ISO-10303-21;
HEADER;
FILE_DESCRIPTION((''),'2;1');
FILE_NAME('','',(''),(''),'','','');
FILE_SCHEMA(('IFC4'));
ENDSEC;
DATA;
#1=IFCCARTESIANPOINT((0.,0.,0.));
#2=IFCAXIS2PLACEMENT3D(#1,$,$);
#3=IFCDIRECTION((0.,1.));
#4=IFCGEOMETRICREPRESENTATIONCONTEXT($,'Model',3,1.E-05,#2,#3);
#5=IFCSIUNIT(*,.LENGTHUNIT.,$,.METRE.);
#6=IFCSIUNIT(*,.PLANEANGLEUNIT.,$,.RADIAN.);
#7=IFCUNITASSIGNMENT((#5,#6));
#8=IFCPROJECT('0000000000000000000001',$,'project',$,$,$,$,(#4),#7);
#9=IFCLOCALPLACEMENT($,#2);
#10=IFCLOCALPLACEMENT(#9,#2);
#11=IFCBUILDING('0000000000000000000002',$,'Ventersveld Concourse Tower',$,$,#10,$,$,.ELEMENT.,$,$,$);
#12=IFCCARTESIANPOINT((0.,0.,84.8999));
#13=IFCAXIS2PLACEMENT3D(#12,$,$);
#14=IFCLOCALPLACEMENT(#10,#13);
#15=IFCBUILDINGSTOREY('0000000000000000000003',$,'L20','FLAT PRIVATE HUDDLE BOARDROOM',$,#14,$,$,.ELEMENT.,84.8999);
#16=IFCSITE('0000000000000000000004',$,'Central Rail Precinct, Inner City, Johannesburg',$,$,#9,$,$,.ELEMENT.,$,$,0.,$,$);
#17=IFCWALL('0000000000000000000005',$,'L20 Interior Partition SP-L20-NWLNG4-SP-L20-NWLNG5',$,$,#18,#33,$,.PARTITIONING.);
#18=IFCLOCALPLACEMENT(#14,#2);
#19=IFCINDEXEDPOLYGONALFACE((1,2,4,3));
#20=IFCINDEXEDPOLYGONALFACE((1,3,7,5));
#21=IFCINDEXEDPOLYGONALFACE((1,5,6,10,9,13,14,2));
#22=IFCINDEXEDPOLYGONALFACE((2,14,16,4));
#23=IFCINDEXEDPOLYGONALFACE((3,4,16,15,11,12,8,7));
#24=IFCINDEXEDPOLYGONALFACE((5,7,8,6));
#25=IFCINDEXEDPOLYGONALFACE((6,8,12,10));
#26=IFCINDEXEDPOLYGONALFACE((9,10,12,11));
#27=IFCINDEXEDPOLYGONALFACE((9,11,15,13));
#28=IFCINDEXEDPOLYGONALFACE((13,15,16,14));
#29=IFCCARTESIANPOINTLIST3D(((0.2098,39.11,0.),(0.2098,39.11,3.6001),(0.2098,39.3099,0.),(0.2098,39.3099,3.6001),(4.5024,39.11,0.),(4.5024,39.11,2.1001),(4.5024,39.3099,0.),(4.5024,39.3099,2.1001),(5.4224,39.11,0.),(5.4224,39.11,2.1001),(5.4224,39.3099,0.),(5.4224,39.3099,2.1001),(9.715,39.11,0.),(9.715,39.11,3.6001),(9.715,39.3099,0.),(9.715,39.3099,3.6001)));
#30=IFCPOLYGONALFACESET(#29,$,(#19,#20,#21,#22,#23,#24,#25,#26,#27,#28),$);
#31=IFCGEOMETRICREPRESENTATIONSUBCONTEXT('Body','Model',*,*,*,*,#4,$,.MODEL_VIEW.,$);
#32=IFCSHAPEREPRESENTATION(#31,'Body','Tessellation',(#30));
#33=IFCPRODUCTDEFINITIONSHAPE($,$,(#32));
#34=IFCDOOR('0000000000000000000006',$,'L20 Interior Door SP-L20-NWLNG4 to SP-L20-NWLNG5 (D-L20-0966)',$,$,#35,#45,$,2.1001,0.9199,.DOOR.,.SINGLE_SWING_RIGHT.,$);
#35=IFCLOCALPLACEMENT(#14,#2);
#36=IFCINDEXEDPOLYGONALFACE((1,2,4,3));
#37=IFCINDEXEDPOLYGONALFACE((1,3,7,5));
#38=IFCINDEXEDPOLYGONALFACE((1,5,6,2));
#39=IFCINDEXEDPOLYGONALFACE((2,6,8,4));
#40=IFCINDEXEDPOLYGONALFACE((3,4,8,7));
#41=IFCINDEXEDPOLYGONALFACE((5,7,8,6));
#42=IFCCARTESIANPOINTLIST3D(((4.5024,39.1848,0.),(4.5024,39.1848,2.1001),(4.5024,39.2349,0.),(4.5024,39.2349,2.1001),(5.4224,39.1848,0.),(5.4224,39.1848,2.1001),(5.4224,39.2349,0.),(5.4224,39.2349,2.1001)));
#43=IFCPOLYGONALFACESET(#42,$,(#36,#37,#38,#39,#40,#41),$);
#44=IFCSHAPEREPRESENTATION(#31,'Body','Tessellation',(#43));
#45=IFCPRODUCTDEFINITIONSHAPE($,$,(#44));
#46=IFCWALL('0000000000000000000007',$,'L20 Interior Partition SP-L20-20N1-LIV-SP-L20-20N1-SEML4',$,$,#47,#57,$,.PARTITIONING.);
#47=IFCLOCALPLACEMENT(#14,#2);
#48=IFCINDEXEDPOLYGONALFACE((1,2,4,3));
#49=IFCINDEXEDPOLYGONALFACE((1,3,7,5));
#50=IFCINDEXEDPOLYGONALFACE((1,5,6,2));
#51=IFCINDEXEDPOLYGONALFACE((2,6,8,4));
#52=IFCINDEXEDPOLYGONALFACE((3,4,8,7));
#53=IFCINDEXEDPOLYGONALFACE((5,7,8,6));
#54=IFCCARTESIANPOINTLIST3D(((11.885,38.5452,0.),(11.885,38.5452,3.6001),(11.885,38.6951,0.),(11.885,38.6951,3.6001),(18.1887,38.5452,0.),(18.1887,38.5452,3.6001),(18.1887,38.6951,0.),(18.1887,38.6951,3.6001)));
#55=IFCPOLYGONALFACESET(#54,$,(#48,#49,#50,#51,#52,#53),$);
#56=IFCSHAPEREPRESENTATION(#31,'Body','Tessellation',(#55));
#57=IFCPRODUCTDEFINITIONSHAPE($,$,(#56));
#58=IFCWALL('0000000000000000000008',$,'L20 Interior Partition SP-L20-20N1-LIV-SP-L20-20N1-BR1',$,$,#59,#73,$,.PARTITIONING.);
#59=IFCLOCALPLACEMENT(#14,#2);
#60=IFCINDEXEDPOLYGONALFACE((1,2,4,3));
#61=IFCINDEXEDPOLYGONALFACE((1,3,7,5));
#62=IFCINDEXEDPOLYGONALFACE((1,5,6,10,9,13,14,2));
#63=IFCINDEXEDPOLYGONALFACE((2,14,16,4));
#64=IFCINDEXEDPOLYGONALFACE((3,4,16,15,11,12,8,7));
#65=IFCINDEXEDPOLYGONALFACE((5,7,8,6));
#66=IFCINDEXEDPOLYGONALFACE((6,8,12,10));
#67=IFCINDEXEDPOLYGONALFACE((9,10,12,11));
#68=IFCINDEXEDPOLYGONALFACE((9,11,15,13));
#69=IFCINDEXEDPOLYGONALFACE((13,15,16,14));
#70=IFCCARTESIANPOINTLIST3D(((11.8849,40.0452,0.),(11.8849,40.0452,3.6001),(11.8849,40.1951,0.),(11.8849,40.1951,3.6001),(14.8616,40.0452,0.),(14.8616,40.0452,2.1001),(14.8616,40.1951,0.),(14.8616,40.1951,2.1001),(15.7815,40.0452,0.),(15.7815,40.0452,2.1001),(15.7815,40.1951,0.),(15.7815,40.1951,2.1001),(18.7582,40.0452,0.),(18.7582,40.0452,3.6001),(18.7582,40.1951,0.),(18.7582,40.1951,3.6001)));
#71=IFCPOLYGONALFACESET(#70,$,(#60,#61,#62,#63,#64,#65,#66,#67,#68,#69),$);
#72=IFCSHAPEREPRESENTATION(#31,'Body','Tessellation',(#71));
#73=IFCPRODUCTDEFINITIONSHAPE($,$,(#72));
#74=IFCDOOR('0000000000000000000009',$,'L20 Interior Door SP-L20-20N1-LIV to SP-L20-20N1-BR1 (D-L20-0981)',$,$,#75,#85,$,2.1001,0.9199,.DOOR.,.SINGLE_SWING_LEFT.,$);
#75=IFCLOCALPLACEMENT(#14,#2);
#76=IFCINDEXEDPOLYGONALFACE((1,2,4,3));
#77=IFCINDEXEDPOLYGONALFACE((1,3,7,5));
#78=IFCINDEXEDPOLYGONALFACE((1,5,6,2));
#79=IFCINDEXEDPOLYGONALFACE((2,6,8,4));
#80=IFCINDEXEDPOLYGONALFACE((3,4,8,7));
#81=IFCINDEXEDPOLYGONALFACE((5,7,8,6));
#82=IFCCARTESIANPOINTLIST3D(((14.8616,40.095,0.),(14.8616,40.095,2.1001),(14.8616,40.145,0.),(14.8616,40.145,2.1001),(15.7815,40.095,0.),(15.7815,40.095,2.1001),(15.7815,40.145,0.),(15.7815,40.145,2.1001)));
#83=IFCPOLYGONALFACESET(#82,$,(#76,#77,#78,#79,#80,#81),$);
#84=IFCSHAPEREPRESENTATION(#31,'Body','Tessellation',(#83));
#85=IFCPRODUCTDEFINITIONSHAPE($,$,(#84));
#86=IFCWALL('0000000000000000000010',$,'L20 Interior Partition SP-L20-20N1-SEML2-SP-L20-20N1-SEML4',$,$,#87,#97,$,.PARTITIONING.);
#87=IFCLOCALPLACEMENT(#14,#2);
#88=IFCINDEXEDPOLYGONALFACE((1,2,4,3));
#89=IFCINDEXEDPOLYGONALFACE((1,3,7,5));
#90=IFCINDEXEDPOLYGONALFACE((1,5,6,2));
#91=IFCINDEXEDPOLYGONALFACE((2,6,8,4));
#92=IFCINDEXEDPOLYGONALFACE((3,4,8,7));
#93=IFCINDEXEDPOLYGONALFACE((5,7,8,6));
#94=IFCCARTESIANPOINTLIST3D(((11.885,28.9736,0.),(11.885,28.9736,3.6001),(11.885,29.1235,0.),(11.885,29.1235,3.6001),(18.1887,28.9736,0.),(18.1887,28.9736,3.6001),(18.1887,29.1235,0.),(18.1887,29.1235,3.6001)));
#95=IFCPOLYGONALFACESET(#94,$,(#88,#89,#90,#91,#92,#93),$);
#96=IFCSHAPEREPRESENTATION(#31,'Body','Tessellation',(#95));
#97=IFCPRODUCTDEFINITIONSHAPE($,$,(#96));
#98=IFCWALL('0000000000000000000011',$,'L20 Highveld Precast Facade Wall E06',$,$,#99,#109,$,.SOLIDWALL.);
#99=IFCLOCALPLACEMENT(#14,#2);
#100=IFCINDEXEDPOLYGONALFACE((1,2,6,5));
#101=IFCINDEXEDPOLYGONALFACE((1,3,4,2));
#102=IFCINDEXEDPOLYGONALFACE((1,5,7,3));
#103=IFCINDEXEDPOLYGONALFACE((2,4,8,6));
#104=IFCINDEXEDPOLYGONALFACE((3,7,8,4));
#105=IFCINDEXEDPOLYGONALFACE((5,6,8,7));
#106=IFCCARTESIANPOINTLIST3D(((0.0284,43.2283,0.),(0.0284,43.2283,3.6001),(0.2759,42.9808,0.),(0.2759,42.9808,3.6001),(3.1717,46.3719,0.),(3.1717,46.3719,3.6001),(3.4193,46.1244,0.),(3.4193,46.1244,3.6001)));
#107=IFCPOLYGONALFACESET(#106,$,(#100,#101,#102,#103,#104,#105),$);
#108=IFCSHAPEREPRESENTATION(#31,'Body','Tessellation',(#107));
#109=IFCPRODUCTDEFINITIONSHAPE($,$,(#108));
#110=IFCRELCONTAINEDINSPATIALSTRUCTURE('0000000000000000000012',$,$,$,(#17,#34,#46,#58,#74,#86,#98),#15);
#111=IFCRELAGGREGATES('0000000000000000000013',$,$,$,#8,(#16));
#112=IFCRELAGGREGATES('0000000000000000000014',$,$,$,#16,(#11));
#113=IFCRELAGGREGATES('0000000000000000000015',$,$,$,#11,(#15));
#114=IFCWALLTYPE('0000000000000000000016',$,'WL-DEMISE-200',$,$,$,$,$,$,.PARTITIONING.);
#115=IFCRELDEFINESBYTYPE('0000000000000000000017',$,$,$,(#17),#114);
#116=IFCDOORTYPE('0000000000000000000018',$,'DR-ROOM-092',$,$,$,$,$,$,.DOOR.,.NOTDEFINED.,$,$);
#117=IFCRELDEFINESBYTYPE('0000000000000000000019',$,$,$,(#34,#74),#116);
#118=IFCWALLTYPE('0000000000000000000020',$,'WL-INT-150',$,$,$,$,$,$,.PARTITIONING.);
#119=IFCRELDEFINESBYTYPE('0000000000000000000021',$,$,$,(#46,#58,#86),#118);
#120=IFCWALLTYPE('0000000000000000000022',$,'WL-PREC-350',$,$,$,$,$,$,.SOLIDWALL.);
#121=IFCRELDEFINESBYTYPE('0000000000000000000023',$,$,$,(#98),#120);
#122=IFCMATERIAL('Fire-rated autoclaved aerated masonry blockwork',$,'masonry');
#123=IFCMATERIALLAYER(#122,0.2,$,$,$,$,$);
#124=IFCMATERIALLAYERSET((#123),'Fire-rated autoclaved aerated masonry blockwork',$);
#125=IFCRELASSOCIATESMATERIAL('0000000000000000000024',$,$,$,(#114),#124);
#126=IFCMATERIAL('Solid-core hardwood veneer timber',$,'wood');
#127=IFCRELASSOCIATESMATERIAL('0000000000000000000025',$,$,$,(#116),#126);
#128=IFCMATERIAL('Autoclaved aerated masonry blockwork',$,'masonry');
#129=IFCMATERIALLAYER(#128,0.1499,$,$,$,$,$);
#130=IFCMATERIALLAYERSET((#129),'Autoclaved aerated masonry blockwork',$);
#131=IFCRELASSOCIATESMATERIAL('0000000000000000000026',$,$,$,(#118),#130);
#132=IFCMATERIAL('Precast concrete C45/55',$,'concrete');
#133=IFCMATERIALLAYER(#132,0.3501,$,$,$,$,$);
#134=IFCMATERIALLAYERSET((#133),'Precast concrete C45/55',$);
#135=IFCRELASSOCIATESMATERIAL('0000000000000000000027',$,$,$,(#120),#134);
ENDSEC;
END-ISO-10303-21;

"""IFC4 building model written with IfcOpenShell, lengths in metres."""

from ifc_helpers import new_model, si_unit, direction, frame, frame_2d, origin, place, context, subcontext, project, spatial, rectangle, extrude, material, layer, layer_set, type_object, element, fill, save


model = new_model("IFC4")

# Units and contexts
model_context = context("Model", 3, precision=1e-05, world=origin(), true_north=direction((0.0, 1.0)))
body_context = subcontext(model_context, "Body", "Model", "MODEL_VIEW")
ifc_project = project(units=[si_unit("LENGTHUNIT", "METRE"), si_unit("PLANEANGLEUNIT", "RADIAN")], contexts=[model_context])

# Site, building, storey
site_placement = place(None, origin())
site = spatial("IfcSite", under=ifc_project, at=site_placement, Name="Central Rail Precinct, Inner City, Johannesburg", CompositionType="ELEMENT", RefElevation=0.0)
building_placement = place(site_placement, origin())
building = spatial("IfcBuilding", under=site, at=building_placement, Name="Ventersveld Concourse Tower", CompositionType="ELEMENT")
storey_placement = place(building_placement, frame((0.0, 0.0, 84.8999)))
storey = spatial("IfcBuildingStorey", under=building, at=storey_placement, Name="L20", Description="FLAT PRIVATE HUDDLE BOARDROOM", CompositionType="ELEMENT", Elevation=84.8999)

# Shared definitions
ifc_material_1 = material(Name="Fire-rated autoclaved aerated masonry blockwork", Category="masonry")

# Wall, opening, door
ifc_layer_1 = layer(ifc_material_1, 0.2)
ifc_layer_set_1 = layer_set([ifc_layer_1], Name="Fire-rated autoclaved aerated masonry blockwork")
wall_type_1 = type_object("IfcWallType", Name="WL-DEMISE-200", PredefinedType="PARTITIONING", material=ifc_layer_set_1)
ifc_material_2 = material(Name="Solid-core hardwood veneer timber", Category="wood")
door_type = type_object("IfcDoorType", Name="DR-ROOM-092", OperationType="NOTDEFINED", PredefinedType="DOOR", material=ifc_material_2)
wall_1_placement = place(storey_placement, frame((0.21, 39.21, 0.0), z_axis=(0.0, 0.0, 1.0), x_axis=(1.0, 0.0, 0.0)))
wall_1 = element("IfcWall", 1, at=wall_1_placement, inside=storey, type_object=wall_type_1, Name="L20 Interior Partition SP-L20-NWLNG4-SP-L20-NWLNG5", PredefinedType="PARTITIONING", context=body_context, shape_type="SweptSolid", body=[
    extrude(rectangle(XDim=9.5051, YDim=0.2, at=frame_2d((4.7524, 0.0))), origin(), (0.0, 0.0, 1.0), 3.6001),
])
opening_1_placement = place(wall_1_placement, frame((4.2925, 0.0, 0.0)))
opening_1 = element("IfcOpeningElement", 2, at=opening_1_placement, cuts=wall_1, PredefinedType="OPENING", context=body_context, shape_type="SweptSolid", body=[
    extrude(rectangle(XDim=0.9199, YDim=2.1001, at=frame_2d((0.46, 1.05))), frame((0.0, 0.1099, 0.0), z_axis=(0.0, -1.0, 0.0), x_axis=(1.0, 0.0, 0.0)), (0.0, 0.0, 1.0), 0.22),
])
door_1_placement = place(opening_1_placement, origin())
door_1 = element("IfcDoor", 3, at=door_1_placement, inside=storey, type_object=door_type, Name="L20 Interior Door SP-L20-NWLNG4 to SP-L20-NWLNG5 (D-L20-0966)", OperationType="SINGLE_SWING_RIGHT", OverallHeight=2.1001, OverallWidth=0.9199, PredefinedType="DOOR", context=body_context, shape_type="SweptSolid", body=[
    extrude(rectangle(XDim=0.9199, YDim=2.1001, at=frame_2d((0.46, 1.05))), frame((0.0, 0.0249, 0.0), z_axis=(0.0, -1.0, 0.0), x_axis=(1.0, 0.0, 0.0)), (0.0, 0.0, 1.0), 0.05),
])
fill(opening_1, door_1)

# Wall
ifc_material_3 = material(Name="Autoclaved aerated masonry blockwork", Category="masonry")
ifc_layer_2 = layer(ifc_material_3, 0.1499)
ifc_layer_set_2 = layer_set([ifc_layer_2], Name="Autoclaved aerated masonry blockwork")
wall_type_2 = type_object("IfcWallType", Name="WL-INT-150", PredefinedType="PARTITIONING", material=ifc_layer_set_2)
wall_2_placement = place(storey_placement, frame((11.885, 38.6201, 0.0), z_axis=(0.0, 0.0, 1.0), x_axis=(1.0, 0.0, 0.0)))
element("IfcWall", 4, at=wall_2_placement, inside=storey, type_object=wall_type_2, Name="L20 Interior Partition SP-L20-20N1-LIV-SP-L20-20N1-SEML4", PredefinedType="PARTITIONING", context=body_context, shape_type="SweptSolid", body=[
    extrude(rectangle(XDim=6.3037, YDim=0.1499, at=frame_2d((3.1519, 0.0))), origin(), (0.0, 0.0, 1.0), 3.6001),
])

# Wall, opening, door
wall_3_placement = place(storey_placement, frame((11.885, 40.1201, 0.0), z_axis=(0.0, 0.0, 1.0), x_axis=(1.0, 0.0, 0.0)))
wall_3 = element("IfcWall", 5, at=wall_3_placement, inside=storey, type_object=wall_type_2, Name="L20 Interior Partition SP-L20-20N1-LIV-SP-L20-20N1-BR1", PredefinedType="PARTITIONING", context=body_context, shape_type="SweptSolid", body=[
    extrude(rectangle(XDim=6.8733, YDim=0.1499, at=frame_2d((3.4365, 0.0))), origin(), (0.0, 0.0, 1.0), 3.6001),
])
opening_2_placement = place(wall_3_placement, frame((2.9766, 0.0, 0.0)))
opening_2 = element("IfcOpeningElement", 6, at=opening_2_placement, cuts=wall_3, PredefinedType="OPENING", context=body_context, shape_type="SweptSolid", body=[
    extrude(rectangle(XDim=0.9199, YDim=2.1001, at=frame_2d((0.46, 1.05))), frame((0.0, 0.085, 0.0), z_axis=(0.0, -1.0, 0.0), x_axis=(1.0, 0.0, 0.0)), (0.0, 0.0, 1.0), 0.1699),
])
door_2_placement = place(opening_2_placement, origin())
door_2 = element("IfcDoor", 7, at=door_2_placement, inside=storey, type_object=door_type, Name="L20 Interior Door SP-L20-20N1-LIV to SP-L20-20N1-BR1 (D-L20-0981)", OperationType="SINGLE_SWING_LEFT", OverallHeight=2.1001, OverallWidth=0.9199, PredefinedType="DOOR", context=body_context, shape_type="SweptSolid", body=[
    extrude(rectangle(XDim=0.9199, YDim=2.1001, at=frame_2d((0.46, 1.05))), frame((0.0, 0.0249, 0.0), z_axis=(0.0, -1.0, 0.0), x_axis=(1.0, 0.0, 0.0)), (0.0, 0.0, 1.0), 0.05),
])
fill(opening_2, door_2)

# Walls
wall_4_placement = place(storey_placement, frame((11.885, 29.0486, 0.0), z_axis=(0.0, 0.0, 1.0), x_axis=(1.0, 0.0, 0.0)))
element("IfcWall", 8, at=wall_4_placement, inside=storey, type_object=wall_type_2, Name="L20 Interior Partition SP-L20-20N1-SEML2-SP-L20-20N1-SEML4", PredefinedType="PARTITIONING", context=body_context, shape_type="SweptSolid", body=[
    extrude(rectangle(XDim=6.3037, YDim=0.1499, at=frame_2d((3.1519, 0.0))), origin(), (0.0, 0.0, 1.0), 3.6001),
])
ifc_material_4 = material(Name="Precast concrete C45/55", Category="concrete")
ifc_layer_3 = layer(ifc_material_4, 0.3501)
ifc_layer_set_3 = layer_set([ifc_layer_3], Name="Precast concrete C45/55")
wall_type_3 = type_object("IfcWallType", Name="WL-PREC-350", PredefinedType="SOLIDWALL", material=ifc_layer_set_3)
wall_5_placement = place(storey_placement, frame((3.2954, 46.248, 0.0), z_axis=(0.0, 0.0, 1.0), x_axis=(-0.707079, -0.707134, 0.0)))
element("IfcWall", 9, at=wall_5_placement, inside=storey, type_object=wall_type_3, Name="L20 Highveld Precast Facade Wall E06", PredefinedType="SOLIDWALL", context=body_context, shape_type="SweptSolid", body=[
    extrude(rectangle(XDim=4.4456, YDim=0.3501, at=frame_2d((2.2227, 0.0))), origin(), (0.0, 0.0, 1.0), 3.6001),
])

save(model, "model.ifc")
